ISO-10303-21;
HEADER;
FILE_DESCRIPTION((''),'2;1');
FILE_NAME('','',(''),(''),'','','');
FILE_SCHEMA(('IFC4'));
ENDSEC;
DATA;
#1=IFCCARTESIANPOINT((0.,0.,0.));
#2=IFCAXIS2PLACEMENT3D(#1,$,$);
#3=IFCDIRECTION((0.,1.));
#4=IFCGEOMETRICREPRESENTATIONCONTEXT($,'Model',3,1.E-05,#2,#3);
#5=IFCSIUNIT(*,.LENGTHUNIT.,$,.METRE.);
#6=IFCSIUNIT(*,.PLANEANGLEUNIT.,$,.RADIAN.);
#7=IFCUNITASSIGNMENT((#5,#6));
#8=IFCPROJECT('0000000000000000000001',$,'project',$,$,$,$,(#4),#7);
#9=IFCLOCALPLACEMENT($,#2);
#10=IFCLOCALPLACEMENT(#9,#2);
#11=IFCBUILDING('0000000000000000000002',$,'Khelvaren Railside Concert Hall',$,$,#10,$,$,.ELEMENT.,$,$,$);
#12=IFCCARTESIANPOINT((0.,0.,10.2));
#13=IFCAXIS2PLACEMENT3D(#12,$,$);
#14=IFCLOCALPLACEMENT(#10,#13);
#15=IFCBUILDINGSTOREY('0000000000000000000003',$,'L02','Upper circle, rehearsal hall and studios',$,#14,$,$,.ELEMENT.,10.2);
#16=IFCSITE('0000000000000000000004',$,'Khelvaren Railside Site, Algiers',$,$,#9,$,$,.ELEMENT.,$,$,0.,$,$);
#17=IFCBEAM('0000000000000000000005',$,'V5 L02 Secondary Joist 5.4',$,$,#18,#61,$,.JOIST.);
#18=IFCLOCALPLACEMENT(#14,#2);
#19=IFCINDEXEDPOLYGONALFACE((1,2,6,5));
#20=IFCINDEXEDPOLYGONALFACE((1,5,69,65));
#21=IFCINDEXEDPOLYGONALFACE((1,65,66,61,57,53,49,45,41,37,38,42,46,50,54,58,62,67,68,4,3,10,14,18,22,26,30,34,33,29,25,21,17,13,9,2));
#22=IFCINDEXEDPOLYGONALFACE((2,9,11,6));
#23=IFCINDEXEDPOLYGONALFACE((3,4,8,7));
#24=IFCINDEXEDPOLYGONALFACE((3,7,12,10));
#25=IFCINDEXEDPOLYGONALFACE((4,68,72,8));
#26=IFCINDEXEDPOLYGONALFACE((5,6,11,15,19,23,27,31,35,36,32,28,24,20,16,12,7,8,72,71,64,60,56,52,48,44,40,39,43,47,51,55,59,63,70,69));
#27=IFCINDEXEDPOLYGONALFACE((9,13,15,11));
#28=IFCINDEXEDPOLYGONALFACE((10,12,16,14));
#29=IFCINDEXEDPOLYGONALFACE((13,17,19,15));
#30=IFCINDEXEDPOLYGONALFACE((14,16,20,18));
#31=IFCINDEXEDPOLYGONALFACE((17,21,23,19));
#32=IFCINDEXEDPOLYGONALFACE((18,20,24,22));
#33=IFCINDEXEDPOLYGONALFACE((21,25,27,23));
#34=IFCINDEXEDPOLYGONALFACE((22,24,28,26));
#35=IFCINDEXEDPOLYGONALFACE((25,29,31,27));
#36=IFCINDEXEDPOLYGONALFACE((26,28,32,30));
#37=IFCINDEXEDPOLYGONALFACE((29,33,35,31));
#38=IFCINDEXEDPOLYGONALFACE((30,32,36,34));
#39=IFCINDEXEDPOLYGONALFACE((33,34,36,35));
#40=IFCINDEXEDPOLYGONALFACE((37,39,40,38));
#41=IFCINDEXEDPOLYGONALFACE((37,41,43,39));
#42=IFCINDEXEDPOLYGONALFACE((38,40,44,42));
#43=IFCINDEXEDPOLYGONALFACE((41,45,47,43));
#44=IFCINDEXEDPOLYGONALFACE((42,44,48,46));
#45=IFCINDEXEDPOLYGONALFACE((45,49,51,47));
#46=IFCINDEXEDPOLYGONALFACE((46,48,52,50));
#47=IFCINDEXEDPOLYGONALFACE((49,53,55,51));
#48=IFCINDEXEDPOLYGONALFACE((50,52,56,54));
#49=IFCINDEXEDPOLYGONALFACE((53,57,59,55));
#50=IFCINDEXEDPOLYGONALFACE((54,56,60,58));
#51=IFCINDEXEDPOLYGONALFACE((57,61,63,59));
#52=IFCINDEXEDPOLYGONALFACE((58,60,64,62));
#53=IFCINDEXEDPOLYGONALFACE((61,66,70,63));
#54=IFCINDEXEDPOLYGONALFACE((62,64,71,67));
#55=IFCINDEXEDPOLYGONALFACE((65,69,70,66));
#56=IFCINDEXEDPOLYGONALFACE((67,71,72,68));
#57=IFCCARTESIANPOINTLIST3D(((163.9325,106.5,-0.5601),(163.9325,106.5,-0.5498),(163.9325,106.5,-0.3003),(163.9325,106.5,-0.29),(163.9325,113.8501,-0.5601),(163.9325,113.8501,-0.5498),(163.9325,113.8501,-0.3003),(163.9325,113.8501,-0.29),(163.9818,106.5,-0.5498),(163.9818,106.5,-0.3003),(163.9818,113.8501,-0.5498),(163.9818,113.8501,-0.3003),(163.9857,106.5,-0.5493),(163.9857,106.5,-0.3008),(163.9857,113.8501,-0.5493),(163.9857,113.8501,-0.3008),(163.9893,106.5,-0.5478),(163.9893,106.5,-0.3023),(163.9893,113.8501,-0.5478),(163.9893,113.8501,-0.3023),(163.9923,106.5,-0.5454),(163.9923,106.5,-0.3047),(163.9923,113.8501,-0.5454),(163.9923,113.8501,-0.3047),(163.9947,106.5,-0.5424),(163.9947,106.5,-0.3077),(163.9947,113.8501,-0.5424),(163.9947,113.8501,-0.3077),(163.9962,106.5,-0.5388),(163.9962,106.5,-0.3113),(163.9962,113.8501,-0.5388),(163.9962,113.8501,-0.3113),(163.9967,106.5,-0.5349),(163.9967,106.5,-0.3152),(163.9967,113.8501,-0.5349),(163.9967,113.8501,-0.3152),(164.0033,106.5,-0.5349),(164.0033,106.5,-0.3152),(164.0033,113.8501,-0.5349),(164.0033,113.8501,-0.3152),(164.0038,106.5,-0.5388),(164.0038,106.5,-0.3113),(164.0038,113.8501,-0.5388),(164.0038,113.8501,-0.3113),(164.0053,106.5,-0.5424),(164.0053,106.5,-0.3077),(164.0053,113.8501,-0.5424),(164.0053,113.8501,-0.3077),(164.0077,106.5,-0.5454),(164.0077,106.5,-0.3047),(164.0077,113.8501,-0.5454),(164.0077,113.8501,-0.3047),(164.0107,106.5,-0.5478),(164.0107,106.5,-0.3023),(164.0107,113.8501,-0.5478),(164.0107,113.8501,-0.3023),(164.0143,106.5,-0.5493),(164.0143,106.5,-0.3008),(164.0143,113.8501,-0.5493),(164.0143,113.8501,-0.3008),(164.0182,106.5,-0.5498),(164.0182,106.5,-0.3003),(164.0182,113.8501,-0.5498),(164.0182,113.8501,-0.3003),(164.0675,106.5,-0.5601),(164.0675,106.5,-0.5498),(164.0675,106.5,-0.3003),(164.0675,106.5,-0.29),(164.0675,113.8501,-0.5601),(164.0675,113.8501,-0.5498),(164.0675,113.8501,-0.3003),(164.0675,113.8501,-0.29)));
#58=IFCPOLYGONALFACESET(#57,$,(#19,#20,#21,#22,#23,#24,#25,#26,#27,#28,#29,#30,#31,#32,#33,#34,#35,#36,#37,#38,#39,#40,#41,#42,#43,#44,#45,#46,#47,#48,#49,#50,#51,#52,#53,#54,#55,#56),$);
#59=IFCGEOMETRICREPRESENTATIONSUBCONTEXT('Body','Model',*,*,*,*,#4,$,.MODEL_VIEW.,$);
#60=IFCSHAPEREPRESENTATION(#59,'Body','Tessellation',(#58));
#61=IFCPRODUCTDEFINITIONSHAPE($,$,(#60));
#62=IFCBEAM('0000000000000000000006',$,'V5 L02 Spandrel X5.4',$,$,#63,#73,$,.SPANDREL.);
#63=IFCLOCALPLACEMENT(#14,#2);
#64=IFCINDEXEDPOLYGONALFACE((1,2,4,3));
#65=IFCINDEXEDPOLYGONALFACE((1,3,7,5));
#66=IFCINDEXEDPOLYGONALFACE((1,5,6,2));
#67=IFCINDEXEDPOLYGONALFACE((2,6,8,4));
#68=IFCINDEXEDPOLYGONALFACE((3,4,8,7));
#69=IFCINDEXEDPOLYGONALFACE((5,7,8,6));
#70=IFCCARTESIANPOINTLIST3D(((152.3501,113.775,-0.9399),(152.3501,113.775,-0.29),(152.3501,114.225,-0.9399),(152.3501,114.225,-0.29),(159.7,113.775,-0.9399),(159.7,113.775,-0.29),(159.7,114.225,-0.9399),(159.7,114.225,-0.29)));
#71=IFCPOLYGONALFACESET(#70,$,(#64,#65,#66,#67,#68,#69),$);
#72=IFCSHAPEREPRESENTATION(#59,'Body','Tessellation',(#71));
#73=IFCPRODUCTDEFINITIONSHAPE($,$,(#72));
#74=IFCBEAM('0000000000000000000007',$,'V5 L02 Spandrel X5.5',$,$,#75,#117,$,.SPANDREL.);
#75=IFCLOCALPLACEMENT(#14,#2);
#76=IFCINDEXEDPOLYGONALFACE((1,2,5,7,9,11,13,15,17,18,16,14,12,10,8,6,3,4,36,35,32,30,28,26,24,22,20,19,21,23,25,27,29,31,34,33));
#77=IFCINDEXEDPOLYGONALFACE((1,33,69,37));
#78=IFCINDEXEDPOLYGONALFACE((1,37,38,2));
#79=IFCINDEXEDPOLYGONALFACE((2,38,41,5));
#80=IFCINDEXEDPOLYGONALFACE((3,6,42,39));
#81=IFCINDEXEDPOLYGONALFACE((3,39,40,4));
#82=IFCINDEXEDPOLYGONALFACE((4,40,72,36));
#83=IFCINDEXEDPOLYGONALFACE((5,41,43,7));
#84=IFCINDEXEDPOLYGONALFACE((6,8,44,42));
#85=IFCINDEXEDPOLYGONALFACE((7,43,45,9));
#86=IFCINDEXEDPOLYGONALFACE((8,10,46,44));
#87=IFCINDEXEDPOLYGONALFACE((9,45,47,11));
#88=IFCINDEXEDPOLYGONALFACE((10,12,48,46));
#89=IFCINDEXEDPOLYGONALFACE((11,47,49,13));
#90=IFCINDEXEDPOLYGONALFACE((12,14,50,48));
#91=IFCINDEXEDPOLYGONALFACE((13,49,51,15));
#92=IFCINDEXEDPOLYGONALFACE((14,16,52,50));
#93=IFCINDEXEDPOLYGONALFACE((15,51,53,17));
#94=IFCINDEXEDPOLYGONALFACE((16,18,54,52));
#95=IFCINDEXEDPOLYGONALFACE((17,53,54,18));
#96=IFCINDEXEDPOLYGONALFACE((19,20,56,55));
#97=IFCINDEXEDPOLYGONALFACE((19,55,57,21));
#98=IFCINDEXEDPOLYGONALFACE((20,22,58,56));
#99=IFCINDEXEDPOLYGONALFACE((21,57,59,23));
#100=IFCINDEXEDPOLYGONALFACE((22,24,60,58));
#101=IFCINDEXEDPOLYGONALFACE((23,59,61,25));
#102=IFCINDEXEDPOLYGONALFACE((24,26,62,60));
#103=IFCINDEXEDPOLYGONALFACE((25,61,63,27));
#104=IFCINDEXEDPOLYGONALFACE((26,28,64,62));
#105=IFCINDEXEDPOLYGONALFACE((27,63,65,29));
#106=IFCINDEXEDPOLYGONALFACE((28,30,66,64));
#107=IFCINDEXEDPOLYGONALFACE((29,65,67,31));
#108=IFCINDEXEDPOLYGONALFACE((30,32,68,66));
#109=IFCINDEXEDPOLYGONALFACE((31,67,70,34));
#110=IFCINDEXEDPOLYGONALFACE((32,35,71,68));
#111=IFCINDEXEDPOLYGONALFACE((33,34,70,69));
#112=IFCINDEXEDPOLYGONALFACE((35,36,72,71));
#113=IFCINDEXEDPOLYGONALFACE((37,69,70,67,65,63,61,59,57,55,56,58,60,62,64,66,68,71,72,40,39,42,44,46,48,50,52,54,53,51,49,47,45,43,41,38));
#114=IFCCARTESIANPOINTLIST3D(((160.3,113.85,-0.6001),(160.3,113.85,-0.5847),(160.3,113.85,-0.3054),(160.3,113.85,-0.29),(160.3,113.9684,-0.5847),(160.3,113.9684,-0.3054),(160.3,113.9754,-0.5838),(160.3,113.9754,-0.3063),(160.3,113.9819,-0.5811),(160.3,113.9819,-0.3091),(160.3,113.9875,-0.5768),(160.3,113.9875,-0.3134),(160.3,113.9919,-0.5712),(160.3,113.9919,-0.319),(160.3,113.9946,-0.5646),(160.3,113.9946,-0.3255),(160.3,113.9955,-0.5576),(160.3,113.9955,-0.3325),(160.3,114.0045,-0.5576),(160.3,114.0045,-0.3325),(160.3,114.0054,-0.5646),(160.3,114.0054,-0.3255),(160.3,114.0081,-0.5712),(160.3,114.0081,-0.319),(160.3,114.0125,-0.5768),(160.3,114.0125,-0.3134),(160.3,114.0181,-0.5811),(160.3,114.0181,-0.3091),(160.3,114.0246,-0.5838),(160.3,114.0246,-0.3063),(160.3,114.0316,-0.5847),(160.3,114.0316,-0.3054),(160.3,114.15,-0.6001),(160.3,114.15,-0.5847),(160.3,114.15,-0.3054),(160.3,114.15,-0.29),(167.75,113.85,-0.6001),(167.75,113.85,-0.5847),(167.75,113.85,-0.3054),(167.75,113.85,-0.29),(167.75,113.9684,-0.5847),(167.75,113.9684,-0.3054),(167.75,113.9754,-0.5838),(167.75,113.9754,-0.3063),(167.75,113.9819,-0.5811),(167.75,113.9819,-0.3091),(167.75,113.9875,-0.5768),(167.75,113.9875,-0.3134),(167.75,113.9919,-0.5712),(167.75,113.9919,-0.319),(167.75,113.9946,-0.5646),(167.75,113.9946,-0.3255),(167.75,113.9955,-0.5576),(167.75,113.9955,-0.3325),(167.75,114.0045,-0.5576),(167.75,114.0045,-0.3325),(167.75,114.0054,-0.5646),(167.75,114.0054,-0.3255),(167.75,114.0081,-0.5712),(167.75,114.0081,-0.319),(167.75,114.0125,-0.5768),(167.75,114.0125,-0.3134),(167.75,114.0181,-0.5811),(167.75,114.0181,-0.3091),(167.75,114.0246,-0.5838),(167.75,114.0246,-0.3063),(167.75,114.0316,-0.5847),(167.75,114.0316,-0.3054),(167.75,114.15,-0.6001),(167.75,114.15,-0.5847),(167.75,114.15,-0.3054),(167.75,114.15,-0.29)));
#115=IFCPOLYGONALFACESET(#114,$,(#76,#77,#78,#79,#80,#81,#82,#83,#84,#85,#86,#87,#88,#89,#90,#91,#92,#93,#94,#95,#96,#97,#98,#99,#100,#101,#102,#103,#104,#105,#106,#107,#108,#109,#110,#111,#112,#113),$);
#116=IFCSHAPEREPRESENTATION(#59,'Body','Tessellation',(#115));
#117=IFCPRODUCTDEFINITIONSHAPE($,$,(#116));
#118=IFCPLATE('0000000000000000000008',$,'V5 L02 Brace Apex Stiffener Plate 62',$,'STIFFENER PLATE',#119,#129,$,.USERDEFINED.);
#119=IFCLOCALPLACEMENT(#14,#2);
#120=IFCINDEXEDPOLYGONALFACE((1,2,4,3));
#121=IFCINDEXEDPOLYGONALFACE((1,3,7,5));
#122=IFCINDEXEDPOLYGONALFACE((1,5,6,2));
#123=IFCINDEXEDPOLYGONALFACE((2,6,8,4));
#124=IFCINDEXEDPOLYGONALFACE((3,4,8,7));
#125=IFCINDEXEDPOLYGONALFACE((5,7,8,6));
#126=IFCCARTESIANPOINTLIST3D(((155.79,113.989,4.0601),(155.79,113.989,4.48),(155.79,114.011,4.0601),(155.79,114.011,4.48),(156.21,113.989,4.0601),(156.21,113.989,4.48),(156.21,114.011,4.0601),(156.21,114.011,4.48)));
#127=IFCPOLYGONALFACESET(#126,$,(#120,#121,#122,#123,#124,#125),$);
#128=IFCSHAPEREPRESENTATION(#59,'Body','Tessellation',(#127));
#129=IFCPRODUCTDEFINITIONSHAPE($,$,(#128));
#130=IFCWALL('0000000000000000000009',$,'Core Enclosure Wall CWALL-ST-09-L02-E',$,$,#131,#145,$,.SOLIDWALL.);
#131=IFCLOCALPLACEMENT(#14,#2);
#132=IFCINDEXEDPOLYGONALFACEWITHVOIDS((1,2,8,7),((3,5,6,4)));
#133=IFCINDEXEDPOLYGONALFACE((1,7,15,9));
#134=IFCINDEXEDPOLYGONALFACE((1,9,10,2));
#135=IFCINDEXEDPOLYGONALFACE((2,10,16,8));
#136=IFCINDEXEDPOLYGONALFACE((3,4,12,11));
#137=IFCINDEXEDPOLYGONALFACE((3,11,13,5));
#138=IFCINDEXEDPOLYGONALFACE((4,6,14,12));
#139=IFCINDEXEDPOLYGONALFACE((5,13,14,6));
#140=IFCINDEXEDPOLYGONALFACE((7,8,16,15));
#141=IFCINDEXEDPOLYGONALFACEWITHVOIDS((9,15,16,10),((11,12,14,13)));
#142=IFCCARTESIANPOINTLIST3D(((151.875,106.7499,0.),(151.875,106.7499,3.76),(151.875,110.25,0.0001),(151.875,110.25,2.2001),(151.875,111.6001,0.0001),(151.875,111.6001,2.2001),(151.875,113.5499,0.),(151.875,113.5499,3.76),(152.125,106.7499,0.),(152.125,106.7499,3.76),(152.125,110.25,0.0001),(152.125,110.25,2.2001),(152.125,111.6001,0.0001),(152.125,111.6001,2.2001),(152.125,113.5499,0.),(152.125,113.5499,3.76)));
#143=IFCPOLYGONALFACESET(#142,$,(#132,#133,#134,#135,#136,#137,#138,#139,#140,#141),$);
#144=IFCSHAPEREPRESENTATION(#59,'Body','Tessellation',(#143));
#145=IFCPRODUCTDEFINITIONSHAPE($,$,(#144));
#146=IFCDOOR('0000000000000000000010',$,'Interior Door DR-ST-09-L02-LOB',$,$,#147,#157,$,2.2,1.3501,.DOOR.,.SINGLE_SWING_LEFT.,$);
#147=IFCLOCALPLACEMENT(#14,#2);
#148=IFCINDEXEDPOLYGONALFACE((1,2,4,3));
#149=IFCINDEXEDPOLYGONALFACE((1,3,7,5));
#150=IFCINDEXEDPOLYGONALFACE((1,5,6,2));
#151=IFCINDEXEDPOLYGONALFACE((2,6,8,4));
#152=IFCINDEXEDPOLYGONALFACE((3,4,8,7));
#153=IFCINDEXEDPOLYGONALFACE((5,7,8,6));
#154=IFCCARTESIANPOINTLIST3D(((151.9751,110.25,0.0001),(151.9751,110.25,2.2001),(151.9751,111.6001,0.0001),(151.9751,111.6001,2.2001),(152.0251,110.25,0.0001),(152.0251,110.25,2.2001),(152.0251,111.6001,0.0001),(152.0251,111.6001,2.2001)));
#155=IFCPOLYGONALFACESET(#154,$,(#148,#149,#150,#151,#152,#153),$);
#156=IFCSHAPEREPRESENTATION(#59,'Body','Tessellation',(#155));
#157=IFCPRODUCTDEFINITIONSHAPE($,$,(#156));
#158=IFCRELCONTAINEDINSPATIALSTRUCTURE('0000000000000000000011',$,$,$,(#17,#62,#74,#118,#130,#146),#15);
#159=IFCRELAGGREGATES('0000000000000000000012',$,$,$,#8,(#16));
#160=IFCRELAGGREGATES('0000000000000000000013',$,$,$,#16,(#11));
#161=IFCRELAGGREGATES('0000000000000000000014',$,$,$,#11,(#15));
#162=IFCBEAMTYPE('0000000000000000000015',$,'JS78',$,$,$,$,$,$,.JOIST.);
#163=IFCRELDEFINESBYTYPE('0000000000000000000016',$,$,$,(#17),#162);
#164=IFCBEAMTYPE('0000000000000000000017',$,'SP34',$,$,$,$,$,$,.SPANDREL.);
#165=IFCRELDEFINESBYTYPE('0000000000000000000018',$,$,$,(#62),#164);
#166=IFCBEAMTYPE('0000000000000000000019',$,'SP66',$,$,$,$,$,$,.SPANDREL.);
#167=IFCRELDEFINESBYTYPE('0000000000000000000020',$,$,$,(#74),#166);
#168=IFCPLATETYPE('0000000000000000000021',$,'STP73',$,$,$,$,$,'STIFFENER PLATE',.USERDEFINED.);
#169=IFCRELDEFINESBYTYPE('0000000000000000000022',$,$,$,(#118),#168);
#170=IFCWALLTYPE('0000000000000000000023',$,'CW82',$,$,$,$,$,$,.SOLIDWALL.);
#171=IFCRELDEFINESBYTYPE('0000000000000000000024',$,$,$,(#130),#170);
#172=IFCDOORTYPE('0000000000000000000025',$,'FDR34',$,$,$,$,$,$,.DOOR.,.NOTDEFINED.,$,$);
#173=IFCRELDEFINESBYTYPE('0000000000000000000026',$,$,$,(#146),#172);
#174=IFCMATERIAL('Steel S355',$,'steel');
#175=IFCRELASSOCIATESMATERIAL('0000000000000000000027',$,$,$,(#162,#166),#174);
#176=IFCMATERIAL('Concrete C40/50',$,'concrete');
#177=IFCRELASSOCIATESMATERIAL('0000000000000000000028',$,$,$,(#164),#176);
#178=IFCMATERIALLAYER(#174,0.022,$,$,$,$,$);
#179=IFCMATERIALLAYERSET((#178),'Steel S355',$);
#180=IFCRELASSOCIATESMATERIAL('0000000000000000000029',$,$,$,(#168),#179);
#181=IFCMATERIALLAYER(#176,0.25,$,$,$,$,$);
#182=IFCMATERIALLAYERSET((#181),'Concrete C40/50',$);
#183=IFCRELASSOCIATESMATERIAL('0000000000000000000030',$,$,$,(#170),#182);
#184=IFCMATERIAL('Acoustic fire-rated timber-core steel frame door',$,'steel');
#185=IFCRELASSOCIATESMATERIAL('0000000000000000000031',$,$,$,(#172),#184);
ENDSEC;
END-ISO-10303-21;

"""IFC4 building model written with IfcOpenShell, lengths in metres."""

from ifc_helpers import new_model, si_unit, direction, frame, frame_2d, origin, origin_2d, place, context, subcontext, project, spatial, rectangle, i_section, extrude, material, layer, layer_set, material_profile, profile_set, type_object, element, fill, save


model = new_model("IFC4")

# Units and contexts
model_context = context("Model", 3, precision=1e-05, world=origin(), true_north=direction((0.0, 1.0)))
body_context = subcontext(model_context, "Body", "Model", "MODEL_VIEW")
ifc_project = project(units=[si_unit("LENGTHUNIT", "METRE"), si_unit("PLANEANGLEUNIT", "RADIAN")], contexts=[model_context])

# Site, building, storey
site_placement = place(None, origin())
site = spatial("IfcSite", under=ifc_project, at=site_placement, Name="Khelvaren Railside Site, Algiers", CompositionType="ELEMENT", RefElevation=0.0)
building_placement = place(site_placement, origin())
building = spatial("IfcBuilding", under=site, at=building_placement, Name="Khelvaren Railside Concert Hall", CompositionType="ELEMENT")
storey_placement = place(building_placement, frame((0.0, 0.0, 10.2)))
storey = spatial("IfcBuildingStorey", under=building, at=storey_placement, Name="L02", Description="Upper circle, rehearsal hall and studios", CompositionType="ELEMENT", Elevation=10.2)

# Shared definitions
ifc_material_1 = material(Name="Steel S355", Category="steel")

# Beams
ifc_material_profile_1 = material_profile(ifc_material_1, i_section(OverallWidth=0.135, OverallDepth=0.27, WebThickness=0.0066, FlangeThickness=0.0103, FilletRadius=0.0149, at=origin_2d()), Name="IPE 270")
ifc_profile_set_1 = profile_set([ifc_material_profile_1], Name="Steel S355")
beam_type_1 = type_object("IfcBeamType", Name="JS78", PredefinedType="JOIST", material=ifc_profile_set_1)
beam_1_placement = place(storey_placement, frame((164.0, 106.5, -0.425), z_axis=(0.0, 1.0, 0.0), x_axis=(-1.0, 0.0, 0.0)))
element("IfcBeam", 1, at=beam_1_placement, inside=storey, type_object=beam_type_1, Name="V5 L02 Secondary Joist 5.4", PredefinedType="JOIST", context=body_context, shape_type="SweptSolid", body=[
    extrude(i_section(OverallWidth=0.135, OverallDepth=0.27, WebThickness=0.0066, FlangeThickness=0.0103, FilletRadius=0.0149, at=origin_2d()), origin(), (0.0, 0.0, 1.0), 7.3501),
])
ifc_material_2 = material(Name="Concrete C40/50", Category="concrete")
ifc_material_profile_2 = material_profile(ifc_material_2, rectangle(XDim=0.45, YDim=0.6499, at=origin_2d()), Name="RCB 450x650")
ifc_profile_set_2 = profile_set([ifc_material_profile_2], Name="Concrete C40/50")
beam_type_2 = type_object("IfcBeamType", Name="SP34", PredefinedType="SPANDREL", material=ifc_profile_set_2)
beam_2_placement = place(storey_placement, frame((152.3501, 114.0, -0.615), z_axis=(1.0, 0.0, 0.0), x_axis=(0.0, 1.0, 0.0)))
element("IfcBeam", 2, at=beam_2_placement, inside=storey, type_object=beam_type_2, Name="V5 L02 Spandrel X5.4", PredefinedType="SPANDREL", context=body_context, shape_type="SweptSolid", body=[
    extrude(rectangle(XDim=0.45, YDim=0.6499, at=origin_2d()), origin(), (0.0, 0.0, 1.0), 7.3499),
])
ifc_material_profile_3 = material_profile(ifc_material_1, i_section(OverallWidth=0.3, OverallDepth=0.3101, WebThickness=0.009, FlangeThickness=0.0154, FilletRadius=0.0271, at=origin_2d()), Name="HEA 320")
ifc_profile_set_3 = profile_set([ifc_material_profile_3], Name="Steel S355")
beam_type_3 = type_object("IfcBeamType", Name="SP66", PredefinedType="SPANDREL", material=ifc_profile_set_3)
beam_3_placement = place(storey_placement, frame((160.3, 114.0, -0.4451), z_axis=(1.0, 0.0, 0.0), x_axis=(0.0, 1.0, 0.0)))
element("IfcBeam", 3, at=beam_3_placement, inside=storey, type_object=beam_type_3, Name="V5 L02 Spandrel X5.5", PredefinedType="SPANDREL", context=body_context, shape_type="SweptSolid", body=[
    extrude(i_section(OverallWidth=0.3, OverallDepth=0.3101, WebThickness=0.009, FlangeThickness=0.0154, FilletRadius=0.0271, at=origin_2d()), origin(), (0.0, 0.0, 1.0), 7.45),
])

# Plate
ifc_layer_1 = layer(ifc_material_1, 0.022)
ifc_layer_set_1 = layer_set([ifc_layer_1], Name="Steel S355")
plate_type = type_object("IfcPlateType", Name="STP73", ElementType="STIFFENER PLATE", PredefinedType="USERDEFINED", material=ifc_layer_set_1)
plate_placement = place(storey_placement, frame((156.0, 114.0, 4.0601), z_axis=(0.0, 0.0, 1.0), x_axis=(1.0, 0.0, 0.0)))
element("IfcPlate", 4, at=plate_placement, inside=storey, type_object=plate_type, Name="V5 L02 Brace Apex Stiffener Plate 62", ObjectType="STIFFENER PLATE", PredefinedType="USERDEFINED", context=body_context, shape_type="SweptSolid", body=[
    extrude(rectangle(XDim=0.4199, YDim=0.022, at=origin_2d()), origin(), (0.0, 0.0, 1.0), 0.4199),
])

# Wall, opening, door
ifc_layer_2 = layer(ifc_material_2, 0.25)
ifc_layer_set_2 = layer_set([ifc_layer_2], Name="Concrete C40/50")
wall_type_1 = type_object("IfcWallType", Name="CW82", PredefinedType="SOLIDWALL", material=ifc_layer_set_2)
wall_1_placement = place(storey_placement, frame((152.0, 106.75, 0.0), z_axis=(0.0, 0.0, 1.0), x_axis=(0.0, 1.0, 0.0)))
wall_1 = element("IfcWall", 5, at=wall_1_placement, inside=storey, type_object=wall_type_1, Name="Core Enclosure Wall CWALL-ST-09-L02-E", PredefinedType="SOLIDWALL", context=body_context, shape_type="SweptSolid", body=[
    extrude(rectangle(XDim=6.8, YDim=0.25, at=frame_2d((3.3999, 0.0))), origin(), (0.0, 0.0, 1.0), 3.76),
])
opening_1_placement = place(wall_1_placement, frame((3.5, 0.0, 0.0)))
opening_1 = element("IfcOpeningElement", 6, at=opening_1_placement, cuts=wall_1, PredefinedType="OPENING", context=body_context, shape_type="SweptSolid", body=[
    extrude(rectangle(XDim=1.3501, YDim=2.2, at=frame_2d((0.675, 1.1001))), frame((0.0, 0.135, 0.0), z_axis=(0.0, -1.0, 0.0), x_axis=(1.0, 0.0, 0.0)), (0.0, 0.0, 1.0), 0.27),
])
ifc_material_3 = material(Name="Acoustic fire-rated timber-core steel frame door", Category="steel")
door_type_1 = type_object("IfcDoorType", Name="FDR34", OperationType="NOTDEFINED", PredefinedType="DOOR", material=ifc_material_3)
door_1_placement = place(opening_1_placement, origin())
door_1 = element("IfcDoor", 7, at=door_1_placement, inside=storey, type_object=door_type_1, Name="Interior Door DR-ST-09-L02-LOB", OperationType="SINGLE_SWING_LEFT", OverallHeight=2.2, OverallWidth=1.3501, PredefinedType="DOOR", context=body_context, shape_type="SweptSolid", body=[
    extrude(rectangle(XDim=1.3501, YDim=2.2, at=frame_2d((0.675, 1.1001))), frame((0.0, 0.0249, 0.0), z_axis=(0.0, -1.0, 0.0), x_axis=(1.0, 0.0, 0.0)), (0.0, 0.0, 1.0), 0.05),
])
fill(opening_1, door_1)

save(model, "model.ifc")
